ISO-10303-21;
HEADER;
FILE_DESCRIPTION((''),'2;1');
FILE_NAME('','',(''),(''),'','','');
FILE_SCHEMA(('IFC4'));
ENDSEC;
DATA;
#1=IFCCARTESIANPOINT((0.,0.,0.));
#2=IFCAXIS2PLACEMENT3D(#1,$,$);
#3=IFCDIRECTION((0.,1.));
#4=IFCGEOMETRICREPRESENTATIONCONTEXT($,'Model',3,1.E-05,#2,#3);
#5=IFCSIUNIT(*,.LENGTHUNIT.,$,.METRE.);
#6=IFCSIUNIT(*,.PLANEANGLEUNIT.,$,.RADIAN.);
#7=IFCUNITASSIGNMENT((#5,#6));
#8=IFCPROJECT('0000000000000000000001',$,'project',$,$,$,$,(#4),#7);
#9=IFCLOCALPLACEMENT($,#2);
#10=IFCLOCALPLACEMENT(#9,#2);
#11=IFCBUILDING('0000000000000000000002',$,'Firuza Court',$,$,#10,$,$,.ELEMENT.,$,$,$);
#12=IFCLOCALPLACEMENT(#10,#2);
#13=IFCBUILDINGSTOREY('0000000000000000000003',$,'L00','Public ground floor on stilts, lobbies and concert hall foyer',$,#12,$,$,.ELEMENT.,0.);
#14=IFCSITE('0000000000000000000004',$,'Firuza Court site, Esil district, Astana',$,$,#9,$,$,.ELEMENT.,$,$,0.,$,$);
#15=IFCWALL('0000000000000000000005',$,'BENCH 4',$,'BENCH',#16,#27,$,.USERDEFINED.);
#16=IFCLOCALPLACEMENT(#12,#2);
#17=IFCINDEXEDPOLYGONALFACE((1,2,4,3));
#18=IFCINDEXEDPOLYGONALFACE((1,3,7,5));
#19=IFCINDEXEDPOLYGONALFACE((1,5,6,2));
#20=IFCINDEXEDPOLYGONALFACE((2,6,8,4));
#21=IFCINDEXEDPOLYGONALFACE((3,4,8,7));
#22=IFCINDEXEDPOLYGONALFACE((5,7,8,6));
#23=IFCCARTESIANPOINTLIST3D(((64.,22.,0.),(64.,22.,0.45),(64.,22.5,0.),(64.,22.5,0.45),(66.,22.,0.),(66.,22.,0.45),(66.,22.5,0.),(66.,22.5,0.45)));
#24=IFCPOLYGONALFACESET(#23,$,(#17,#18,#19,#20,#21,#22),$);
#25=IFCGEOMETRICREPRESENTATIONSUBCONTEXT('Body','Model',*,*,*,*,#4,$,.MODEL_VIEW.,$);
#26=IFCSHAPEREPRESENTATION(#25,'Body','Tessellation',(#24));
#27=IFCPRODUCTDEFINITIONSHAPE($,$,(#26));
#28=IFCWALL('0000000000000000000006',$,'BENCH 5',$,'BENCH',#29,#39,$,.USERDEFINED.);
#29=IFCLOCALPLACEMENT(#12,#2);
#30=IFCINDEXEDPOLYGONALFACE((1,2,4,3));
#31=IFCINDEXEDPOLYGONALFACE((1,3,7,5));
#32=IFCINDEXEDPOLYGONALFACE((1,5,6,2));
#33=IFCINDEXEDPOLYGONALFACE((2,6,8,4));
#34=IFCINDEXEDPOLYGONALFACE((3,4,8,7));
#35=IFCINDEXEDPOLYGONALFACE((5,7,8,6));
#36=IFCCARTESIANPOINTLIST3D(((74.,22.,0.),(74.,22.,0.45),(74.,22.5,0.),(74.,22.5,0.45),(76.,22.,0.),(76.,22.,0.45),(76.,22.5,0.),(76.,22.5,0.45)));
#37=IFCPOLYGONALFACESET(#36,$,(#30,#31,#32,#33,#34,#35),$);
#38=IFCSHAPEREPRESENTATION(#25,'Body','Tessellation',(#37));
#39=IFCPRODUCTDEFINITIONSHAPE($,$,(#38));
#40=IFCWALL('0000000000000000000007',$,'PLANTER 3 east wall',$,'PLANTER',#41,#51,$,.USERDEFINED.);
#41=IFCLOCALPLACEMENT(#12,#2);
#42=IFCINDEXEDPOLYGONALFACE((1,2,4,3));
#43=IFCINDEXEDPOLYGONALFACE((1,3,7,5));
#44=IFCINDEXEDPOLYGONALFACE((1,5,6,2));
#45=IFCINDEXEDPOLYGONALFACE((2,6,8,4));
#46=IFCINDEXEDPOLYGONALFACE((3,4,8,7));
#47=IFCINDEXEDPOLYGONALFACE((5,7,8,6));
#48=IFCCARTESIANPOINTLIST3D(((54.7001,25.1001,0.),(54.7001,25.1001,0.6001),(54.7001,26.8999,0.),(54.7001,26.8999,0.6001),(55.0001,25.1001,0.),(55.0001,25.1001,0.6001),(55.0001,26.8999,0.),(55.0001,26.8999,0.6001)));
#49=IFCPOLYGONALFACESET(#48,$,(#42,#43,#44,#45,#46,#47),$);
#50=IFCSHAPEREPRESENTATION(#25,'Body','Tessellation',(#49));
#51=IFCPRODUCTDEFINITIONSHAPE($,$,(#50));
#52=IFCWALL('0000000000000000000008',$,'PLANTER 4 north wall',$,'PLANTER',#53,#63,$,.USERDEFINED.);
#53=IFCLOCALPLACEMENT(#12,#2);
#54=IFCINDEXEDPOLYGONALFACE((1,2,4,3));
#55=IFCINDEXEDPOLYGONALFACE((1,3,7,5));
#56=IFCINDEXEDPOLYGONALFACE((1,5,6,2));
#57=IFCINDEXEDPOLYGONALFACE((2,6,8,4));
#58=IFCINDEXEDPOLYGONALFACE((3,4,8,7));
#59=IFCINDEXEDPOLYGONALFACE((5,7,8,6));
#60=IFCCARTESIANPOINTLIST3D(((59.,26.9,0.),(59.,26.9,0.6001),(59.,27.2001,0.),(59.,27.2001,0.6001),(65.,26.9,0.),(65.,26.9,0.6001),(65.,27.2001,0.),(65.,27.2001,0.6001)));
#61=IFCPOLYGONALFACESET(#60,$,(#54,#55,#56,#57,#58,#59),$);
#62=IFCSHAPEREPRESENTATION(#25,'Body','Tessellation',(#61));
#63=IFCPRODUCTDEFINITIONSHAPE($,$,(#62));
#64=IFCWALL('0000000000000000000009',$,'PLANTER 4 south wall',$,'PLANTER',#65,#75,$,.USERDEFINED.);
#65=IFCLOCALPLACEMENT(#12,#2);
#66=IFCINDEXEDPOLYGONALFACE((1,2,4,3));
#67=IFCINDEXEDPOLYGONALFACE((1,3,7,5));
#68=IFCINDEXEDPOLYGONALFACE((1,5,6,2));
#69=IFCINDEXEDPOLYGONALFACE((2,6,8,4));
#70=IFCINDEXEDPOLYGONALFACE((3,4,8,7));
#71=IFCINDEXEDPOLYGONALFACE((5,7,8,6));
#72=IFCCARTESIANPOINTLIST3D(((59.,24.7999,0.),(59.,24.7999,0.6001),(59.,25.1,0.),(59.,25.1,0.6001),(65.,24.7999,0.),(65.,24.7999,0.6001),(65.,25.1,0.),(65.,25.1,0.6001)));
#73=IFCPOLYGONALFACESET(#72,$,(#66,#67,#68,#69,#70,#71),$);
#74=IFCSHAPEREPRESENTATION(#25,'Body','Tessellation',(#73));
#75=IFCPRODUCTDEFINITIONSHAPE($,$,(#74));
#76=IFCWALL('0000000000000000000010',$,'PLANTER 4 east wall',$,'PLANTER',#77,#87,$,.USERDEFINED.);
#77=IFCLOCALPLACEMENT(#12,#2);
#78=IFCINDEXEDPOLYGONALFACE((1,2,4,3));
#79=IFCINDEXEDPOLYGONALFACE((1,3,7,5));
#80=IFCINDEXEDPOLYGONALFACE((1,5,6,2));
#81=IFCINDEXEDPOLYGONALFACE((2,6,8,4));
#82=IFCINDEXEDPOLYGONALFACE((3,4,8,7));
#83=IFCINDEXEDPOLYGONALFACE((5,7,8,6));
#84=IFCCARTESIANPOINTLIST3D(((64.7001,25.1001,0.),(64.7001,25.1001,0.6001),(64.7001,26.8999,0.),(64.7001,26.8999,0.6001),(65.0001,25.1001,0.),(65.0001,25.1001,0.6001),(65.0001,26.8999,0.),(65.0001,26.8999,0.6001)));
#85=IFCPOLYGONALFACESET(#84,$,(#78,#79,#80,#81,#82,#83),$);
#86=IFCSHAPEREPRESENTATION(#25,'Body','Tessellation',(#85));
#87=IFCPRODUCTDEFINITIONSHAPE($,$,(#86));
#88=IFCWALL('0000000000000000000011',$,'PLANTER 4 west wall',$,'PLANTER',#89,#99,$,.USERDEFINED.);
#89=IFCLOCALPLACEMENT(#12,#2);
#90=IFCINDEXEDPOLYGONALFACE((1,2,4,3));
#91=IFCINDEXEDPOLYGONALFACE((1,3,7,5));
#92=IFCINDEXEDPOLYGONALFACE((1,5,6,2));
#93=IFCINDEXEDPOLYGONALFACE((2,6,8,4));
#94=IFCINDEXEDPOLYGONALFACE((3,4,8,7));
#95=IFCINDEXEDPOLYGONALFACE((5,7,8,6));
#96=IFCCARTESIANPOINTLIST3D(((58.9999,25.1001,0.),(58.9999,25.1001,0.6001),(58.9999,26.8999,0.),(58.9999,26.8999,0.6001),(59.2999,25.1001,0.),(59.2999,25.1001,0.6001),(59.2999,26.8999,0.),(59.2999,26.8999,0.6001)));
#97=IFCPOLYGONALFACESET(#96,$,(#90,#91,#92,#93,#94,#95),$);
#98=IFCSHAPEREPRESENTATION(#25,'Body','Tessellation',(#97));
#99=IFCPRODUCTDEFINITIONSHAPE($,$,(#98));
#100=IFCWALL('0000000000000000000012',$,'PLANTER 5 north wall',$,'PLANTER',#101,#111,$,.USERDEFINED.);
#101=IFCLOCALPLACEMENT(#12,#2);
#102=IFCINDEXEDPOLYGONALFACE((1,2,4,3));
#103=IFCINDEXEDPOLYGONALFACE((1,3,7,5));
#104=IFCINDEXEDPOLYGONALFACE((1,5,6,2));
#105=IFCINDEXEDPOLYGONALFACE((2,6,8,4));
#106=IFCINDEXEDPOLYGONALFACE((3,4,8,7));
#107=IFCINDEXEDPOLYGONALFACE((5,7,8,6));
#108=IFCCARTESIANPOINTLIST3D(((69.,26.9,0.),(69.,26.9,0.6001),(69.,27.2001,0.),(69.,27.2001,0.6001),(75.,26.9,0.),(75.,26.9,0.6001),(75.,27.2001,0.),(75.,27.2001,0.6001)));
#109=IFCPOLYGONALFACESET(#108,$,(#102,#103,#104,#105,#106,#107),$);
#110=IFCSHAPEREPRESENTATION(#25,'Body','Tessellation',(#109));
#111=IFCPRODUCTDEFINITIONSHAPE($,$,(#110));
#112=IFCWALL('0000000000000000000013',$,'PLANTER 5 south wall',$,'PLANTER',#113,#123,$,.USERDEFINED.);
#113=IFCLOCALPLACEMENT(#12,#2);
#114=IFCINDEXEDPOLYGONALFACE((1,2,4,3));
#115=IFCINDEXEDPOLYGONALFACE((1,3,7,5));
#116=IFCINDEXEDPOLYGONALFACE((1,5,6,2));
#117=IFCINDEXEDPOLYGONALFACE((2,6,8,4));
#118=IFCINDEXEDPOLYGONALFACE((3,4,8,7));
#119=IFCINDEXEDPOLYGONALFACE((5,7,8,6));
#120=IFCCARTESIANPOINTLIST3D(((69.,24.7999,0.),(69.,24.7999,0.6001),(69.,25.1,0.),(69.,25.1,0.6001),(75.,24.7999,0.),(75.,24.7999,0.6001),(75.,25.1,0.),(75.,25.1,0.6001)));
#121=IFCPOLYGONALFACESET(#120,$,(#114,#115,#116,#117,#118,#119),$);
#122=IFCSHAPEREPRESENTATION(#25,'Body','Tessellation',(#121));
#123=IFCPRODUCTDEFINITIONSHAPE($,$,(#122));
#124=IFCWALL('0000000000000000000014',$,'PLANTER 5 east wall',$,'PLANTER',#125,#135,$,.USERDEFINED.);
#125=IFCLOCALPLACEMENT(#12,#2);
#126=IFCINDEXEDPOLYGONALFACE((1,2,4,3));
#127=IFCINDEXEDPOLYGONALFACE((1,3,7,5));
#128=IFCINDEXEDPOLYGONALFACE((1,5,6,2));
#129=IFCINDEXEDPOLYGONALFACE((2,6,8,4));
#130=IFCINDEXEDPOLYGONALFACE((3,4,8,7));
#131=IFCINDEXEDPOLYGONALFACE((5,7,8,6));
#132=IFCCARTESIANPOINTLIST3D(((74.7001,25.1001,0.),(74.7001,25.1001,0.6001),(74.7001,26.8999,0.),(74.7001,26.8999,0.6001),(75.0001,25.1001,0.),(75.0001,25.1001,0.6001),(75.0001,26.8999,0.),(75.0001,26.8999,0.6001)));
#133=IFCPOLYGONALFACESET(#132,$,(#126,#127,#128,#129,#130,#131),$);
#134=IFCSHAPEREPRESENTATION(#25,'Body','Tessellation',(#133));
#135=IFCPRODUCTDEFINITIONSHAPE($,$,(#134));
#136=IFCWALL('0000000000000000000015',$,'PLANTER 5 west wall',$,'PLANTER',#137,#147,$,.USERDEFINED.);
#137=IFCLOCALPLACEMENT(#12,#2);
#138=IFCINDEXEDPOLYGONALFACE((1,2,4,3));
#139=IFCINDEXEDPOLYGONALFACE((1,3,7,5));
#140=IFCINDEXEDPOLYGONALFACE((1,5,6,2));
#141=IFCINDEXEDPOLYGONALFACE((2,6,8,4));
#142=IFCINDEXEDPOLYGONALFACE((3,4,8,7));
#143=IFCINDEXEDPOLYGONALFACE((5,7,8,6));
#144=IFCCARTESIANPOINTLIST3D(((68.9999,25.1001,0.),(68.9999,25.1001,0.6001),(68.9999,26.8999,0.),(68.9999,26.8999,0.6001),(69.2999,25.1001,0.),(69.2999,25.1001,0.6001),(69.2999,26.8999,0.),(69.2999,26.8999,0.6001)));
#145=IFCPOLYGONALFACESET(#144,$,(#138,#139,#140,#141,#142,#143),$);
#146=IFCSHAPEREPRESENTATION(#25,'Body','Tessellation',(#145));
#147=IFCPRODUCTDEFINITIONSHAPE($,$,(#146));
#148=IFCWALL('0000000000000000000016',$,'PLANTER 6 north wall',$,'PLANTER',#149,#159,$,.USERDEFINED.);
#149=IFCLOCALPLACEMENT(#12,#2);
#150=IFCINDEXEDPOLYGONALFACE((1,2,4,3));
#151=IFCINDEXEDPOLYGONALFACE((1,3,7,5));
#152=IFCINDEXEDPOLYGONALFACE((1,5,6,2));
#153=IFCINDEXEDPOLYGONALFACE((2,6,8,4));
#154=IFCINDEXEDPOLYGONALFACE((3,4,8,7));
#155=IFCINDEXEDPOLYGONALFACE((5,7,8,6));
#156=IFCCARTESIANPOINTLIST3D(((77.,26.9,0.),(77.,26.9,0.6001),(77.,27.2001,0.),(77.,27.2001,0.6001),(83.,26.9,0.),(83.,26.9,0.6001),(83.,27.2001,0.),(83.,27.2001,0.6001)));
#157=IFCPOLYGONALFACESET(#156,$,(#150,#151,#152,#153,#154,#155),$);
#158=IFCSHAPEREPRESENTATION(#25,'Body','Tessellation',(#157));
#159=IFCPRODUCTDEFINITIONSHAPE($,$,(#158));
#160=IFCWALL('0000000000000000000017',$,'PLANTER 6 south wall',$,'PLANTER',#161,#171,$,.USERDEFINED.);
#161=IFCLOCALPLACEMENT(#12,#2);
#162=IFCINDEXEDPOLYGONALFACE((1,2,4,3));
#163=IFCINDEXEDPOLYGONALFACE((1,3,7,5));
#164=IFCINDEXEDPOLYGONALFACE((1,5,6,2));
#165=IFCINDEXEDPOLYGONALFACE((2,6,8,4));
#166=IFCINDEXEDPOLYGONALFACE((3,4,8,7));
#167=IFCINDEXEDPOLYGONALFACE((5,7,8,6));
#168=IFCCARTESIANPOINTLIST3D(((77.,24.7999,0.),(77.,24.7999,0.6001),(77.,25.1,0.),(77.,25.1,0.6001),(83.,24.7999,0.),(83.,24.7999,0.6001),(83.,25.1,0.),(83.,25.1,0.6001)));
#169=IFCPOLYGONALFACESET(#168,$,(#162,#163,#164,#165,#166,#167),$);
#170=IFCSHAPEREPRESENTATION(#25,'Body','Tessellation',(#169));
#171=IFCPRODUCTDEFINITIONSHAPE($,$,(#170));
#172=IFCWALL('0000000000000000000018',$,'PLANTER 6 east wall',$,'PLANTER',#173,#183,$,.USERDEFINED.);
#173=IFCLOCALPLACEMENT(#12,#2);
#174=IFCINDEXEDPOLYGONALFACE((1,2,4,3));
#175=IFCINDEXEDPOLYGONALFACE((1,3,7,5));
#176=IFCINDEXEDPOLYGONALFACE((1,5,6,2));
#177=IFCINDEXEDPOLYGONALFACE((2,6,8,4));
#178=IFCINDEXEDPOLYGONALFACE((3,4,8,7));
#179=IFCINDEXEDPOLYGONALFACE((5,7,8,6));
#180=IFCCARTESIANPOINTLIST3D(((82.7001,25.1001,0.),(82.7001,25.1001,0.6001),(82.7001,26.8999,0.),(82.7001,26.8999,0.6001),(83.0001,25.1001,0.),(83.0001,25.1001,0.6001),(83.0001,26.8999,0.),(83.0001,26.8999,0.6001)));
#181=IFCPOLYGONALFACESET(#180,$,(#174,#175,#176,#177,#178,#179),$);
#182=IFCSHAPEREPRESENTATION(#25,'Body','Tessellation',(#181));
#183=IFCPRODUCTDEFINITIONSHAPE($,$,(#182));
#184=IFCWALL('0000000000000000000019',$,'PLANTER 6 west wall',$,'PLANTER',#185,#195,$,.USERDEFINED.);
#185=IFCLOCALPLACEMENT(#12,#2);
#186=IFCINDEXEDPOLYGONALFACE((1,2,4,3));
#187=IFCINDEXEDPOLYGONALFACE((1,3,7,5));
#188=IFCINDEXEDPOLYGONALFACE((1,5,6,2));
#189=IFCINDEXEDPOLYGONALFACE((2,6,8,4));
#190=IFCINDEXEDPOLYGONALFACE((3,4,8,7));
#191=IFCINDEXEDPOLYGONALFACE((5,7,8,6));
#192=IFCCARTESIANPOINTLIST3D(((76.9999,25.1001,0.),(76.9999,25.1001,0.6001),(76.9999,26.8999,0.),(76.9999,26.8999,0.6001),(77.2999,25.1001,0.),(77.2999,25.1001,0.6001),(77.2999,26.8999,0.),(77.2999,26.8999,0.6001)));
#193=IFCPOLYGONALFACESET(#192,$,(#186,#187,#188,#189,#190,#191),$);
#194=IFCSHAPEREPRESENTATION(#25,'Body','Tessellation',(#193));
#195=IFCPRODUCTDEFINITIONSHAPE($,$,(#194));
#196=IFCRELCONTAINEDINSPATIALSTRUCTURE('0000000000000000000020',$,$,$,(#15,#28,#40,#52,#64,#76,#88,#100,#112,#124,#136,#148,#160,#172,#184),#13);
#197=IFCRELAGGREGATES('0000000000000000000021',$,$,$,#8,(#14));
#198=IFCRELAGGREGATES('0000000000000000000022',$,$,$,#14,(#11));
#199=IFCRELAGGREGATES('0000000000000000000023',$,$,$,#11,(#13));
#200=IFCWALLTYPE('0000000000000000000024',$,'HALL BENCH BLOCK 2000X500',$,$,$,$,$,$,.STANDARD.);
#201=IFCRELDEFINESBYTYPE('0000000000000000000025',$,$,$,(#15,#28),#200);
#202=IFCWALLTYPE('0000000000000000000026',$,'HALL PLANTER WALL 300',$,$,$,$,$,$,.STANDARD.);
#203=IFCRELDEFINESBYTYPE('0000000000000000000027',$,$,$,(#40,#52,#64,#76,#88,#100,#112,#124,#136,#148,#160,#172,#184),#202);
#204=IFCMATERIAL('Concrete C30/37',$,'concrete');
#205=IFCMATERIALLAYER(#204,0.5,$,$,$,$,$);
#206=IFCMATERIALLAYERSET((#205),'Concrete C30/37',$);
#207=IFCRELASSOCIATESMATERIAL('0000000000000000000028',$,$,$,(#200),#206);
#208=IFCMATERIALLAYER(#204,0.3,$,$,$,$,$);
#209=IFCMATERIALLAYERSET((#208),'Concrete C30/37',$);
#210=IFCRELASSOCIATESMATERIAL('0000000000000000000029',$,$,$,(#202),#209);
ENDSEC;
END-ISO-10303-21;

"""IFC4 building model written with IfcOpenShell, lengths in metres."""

from ifc_helpers import new_model, si_unit, direction, frame, frame_2d, origin, place, context, subcontext, project, spatial, rectangle, extrude, material, layer, layer_set, type_object, element, save


model = new_model("IFC4")

# Units and contexts
model_context = context("Model", 3, precision=1e-05, world=origin(), true_north=direction((0.0, 1.0)))
body_context = subcontext(model_context, "Body", "Model", "MODEL_VIEW")
ifc_project = project(units=[si_unit("LENGTHUNIT", "METRE"), si_unit("PLANEANGLEUNIT", "RADIAN")], contexts=[model_context])

# Site, building, storey
site_placement = place(None, origin())
site = spatial("IfcSite", under=ifc_project, at=site_placement, Name="Firuza Court site, Esil district, Astana", CompositionType="ELEMENT", RefElevation=0.0)
building_placement = place(site_placement, origin())
building = spatial("IfcBuilding", under=site, at=building_placement, Name="Firuza Court", CompositionType="ELEMENT")
storey_placement = place(building_placement, origin())
storey = spatial("IfcBuildingStorey", under=building, at=storey_placement, Name="L00", Description="Public ground floor on stilts, lobbies and concert hall foyer", CompositionType="ELEMENT", Elevation=0.0)

# Walls
ifc_material_1 = material(Name="Concrete C30/37", Category="concrete")
ifc_layer_1 = layer(ifc_material_1, 0.5)
ifc_layer_set_1 = layer_set([ifc_layer_1], Name="Concrete C30/37")
wall_type_1 = type_object("IfcWallType", Name="HALL BENCH BLOCK 2000X500", PredefinedType="STANDARD", material=ifc_layer_set_1)
for number, where, z_axis, x_axis, name in (
    (1, (64.0, 22.25, 0.0), (0.0, 0.0, 1.0), (1.0, 0.0, 0.0), "BENCH 4"),
    (2, (74.0, 22.25, 0.0), (0.0, 0.0, 1.0), (1.0, 0.0, 0.0), "BENCH 5"),
):
    element("IfcWall", number, at=place(storey_placement, frame(where, z_axis=z_axis, x_axis=x_axis)), inside=storey, type_object=wall_type_1, Name=name, ObjectType="BENCH", PredefinedType="USERDEFINED", context=body_context, shape_type="SweptSolid", body=[
        extrude(rectangle(XDim=2.0, YDim=0.5, at=frame_2d((1.0, 0.0))), origin(), (0.0, 0.0, 1.0), 0.45),
    ])
ifc_layer_2 = layer(ifc_material_1, 0.3)
ifc_layer_set_2 = layer_set([ifc_layer_2], Name="Concrete C30/37")
wall_type_2 = type_object("IfcWallType", Name="HALL PLANTER WALL 300", PredefinedType="STANDARD", material=ifc_layer_set_2)
wall_1_placement = place(storey_placement, frame((54.8501, 25.1001, 0.0), z_axis=(0.0, 0.0, 1.0), x_axis=(0.0, 1.0, 0.0)))
element("IfcWall", 3, at=wall_1_placement, inside=storey, type_object=wall_type_2, Name="PLANTER 3 east wall", ObjectType="PLANTER", PredefinedType="USERDEFINED", context=body_context, shape_type="SweptSolid", body=[
    extrude(rectangle(XDim=1.7998, YDim=0.3, at=frame_2d((0.8999, 0.0))), origin(), (0.0, 0.0, 1.0), 0.6001),
])
for number, where, z_axis, x_axis, name in (
    (4, (59.0, 27.05, 0.0), (0.0, 0.0, 1.0), (1.0, 0.0, 0.0), "PLANTER 4 north wall"),
    (5, (59.0, 24.95, 0.0), (0.0, 0.0, 1.0), (1.0, 0.0, 0.0), "PLANTER 4 south wall"),
):
    element("IfcWall", number, at=place(storey_placement, frame(where, z_axis=z_axis, x_axis=x_axis)), inside=storey, type_object=wall_type_2, Name=name, ObjectType="PLANTER", PredefinedType="USERDEFINED", context=body_context, shape_type="SweptSolid", body=[
        extrude(rectangle(XDim=6.0, YDim=0.3, at=frame_2d((3.0, 0.0))), origin(), (0.0, 0.0, 1.0), 0.6001),
    ])
for number, where, z_axis, x_axis, name in (
    (6, (64.8501, 25.1001, 0.0), (0.0, 0.0, 1.0), (0.0, 1.0, 0.0), "PLANTER 4 east wall"),
    (7, (59.1499, 25.1001, 0.0), (0.0, 0.0, 1.0), (0.0, 1.0, 0.0), "PLANTER 4 west wall"),
):
    element("IfcWall", number, at=place(storey_placement, frame(where, z_axis=z_axis, x_axis=x_axis)), inside=storey, type_object=wall_type_2, Name=name, ObjectType="PLANTER", PredefinedType="USERDEFINED", context=body_context, shape_type="SweptSolid", body=[
        extrude(rectangle(XDim=1.7998, YDim=0.3, at=frame_2d((0.8999, 0.0))), origin(), (0.0, 0.0, 1.0), 0.6001),
    ])
for number, where, z_axis, x_axis, name in (
    (8, (69.0, 27.05, 0.0), (0.0, 0.0, 1.0), (1.0, 0.0, 0.0), "PLANTER 5 north wall"),
    (9, (69.0, 24.95, 0.0), (0.0, 0.0, 1.0), (1.0, 0.0, 0.0), "PLANTER 5 south wall"),
):
    element("IfcWall", number, at=place(storey_placement, frame(where, z_axis=z_axis, x_axis=x_axis)), inside=storey, type_object=wall_type_2, Name=name, ObjectType="PLANTER", PredefinedType="USERDEFINED", context=body_context, shape_type="SweptSolid", body=[
        extrude(rectangle(XDim=6.0, YDim=0.3, at=frame_2d((3.0, 0.0))), origin(), (0.0, 0.0, 1.0), 0.6001),
    ])
for number, where, z_axis, x_axis, name in (
    (10, (74.8501, 25.1001, 0.0), (0.0, 0.0, 1.0), (0.0, 1.0, 0.0), "PLANTER 5 east wall"),
    (11, (69.1499, 25.1001, 0.0), (0.0, 0.0, 1.0), (0.0, 1.0, 0.0), "PLANTER 5 west wall"),
):
    element("IfcWall", number, at=place(storey_placement, frame(where, z_axis=z_axis, x_axis=x_axis)), inside=storey, type_object=wall_type_2, Name=name, ObjectType="PLANTER", PredefinedType="USERDEFINED", context=body_context, shape_type="SweptSolid", body=[
        extrude(rectangle(XDim=1.7998, YDim=0.3, at=frame_2d((0.8999, 0.0))), origin(), (0.0, 0.0, 1.0), 0.6001),
    ])
for number, where, z_axis, x_axis, name in (
    (12, (77.0, 27.05, 0.0), (0.0, 0.0, 1.0), (1.0, 0.0, 0.0), "PLANTER 6 north wall"),
    (13, (77.0, 24.95, 0.0), (0.0, 0.0, 1.0), (1.0, 0.0, 0.0), "PLANTER 6 south wall"),
):
    element("IfcWall", number, at=place(storey_placement, frame(where, z_axis=z_axis, x_axis=x_axis)), inside=storey, type_object=wall_type_2, Name=name, ObjectType="PLANTER", PredefinedType="USERDEFINED", context=body_context, shape_type="SweptSolid", body=[
        extrude(rectangle(XDim=6.0, YDim=0.3, at=frame_2d((3.0, 0.0))), origin(), (0.0, 0.0, 1.0), 0.6001),
    ])
for number, where, z_axis, x_axis, name in (
    (14, (82.8501, 25.1001, 0.0), (0.0, 0.0, 1.0), (0.0, 1.0, 0.0), "PLANTER 6 east wall"),
    (15, (77.1499, 25.1001, 0.0), (0.0, 0.0, 1.0), (0.0, 1.0, 0.0), "PLANTER 6 west wall"),
):
    element("IfcWall", number, at=place(storey_placement, frame(where, z_axis=z_axis, x_axis=x_axis)), inside=storey, type_object=wall_type_2, Name=name, ObjectType="PLANTER", PredefinedType="USERDEFINED", context=body_context, shape_type="SweptSolid", body=[
        extrude(rectangle(XDim=1.7998, YDim=0.3, at=frame_2d((0.8999, 0.0))), origin(), (0.0, 0.0, 1.0), 0.6001),
    ])

save(model, "model.ifc")
